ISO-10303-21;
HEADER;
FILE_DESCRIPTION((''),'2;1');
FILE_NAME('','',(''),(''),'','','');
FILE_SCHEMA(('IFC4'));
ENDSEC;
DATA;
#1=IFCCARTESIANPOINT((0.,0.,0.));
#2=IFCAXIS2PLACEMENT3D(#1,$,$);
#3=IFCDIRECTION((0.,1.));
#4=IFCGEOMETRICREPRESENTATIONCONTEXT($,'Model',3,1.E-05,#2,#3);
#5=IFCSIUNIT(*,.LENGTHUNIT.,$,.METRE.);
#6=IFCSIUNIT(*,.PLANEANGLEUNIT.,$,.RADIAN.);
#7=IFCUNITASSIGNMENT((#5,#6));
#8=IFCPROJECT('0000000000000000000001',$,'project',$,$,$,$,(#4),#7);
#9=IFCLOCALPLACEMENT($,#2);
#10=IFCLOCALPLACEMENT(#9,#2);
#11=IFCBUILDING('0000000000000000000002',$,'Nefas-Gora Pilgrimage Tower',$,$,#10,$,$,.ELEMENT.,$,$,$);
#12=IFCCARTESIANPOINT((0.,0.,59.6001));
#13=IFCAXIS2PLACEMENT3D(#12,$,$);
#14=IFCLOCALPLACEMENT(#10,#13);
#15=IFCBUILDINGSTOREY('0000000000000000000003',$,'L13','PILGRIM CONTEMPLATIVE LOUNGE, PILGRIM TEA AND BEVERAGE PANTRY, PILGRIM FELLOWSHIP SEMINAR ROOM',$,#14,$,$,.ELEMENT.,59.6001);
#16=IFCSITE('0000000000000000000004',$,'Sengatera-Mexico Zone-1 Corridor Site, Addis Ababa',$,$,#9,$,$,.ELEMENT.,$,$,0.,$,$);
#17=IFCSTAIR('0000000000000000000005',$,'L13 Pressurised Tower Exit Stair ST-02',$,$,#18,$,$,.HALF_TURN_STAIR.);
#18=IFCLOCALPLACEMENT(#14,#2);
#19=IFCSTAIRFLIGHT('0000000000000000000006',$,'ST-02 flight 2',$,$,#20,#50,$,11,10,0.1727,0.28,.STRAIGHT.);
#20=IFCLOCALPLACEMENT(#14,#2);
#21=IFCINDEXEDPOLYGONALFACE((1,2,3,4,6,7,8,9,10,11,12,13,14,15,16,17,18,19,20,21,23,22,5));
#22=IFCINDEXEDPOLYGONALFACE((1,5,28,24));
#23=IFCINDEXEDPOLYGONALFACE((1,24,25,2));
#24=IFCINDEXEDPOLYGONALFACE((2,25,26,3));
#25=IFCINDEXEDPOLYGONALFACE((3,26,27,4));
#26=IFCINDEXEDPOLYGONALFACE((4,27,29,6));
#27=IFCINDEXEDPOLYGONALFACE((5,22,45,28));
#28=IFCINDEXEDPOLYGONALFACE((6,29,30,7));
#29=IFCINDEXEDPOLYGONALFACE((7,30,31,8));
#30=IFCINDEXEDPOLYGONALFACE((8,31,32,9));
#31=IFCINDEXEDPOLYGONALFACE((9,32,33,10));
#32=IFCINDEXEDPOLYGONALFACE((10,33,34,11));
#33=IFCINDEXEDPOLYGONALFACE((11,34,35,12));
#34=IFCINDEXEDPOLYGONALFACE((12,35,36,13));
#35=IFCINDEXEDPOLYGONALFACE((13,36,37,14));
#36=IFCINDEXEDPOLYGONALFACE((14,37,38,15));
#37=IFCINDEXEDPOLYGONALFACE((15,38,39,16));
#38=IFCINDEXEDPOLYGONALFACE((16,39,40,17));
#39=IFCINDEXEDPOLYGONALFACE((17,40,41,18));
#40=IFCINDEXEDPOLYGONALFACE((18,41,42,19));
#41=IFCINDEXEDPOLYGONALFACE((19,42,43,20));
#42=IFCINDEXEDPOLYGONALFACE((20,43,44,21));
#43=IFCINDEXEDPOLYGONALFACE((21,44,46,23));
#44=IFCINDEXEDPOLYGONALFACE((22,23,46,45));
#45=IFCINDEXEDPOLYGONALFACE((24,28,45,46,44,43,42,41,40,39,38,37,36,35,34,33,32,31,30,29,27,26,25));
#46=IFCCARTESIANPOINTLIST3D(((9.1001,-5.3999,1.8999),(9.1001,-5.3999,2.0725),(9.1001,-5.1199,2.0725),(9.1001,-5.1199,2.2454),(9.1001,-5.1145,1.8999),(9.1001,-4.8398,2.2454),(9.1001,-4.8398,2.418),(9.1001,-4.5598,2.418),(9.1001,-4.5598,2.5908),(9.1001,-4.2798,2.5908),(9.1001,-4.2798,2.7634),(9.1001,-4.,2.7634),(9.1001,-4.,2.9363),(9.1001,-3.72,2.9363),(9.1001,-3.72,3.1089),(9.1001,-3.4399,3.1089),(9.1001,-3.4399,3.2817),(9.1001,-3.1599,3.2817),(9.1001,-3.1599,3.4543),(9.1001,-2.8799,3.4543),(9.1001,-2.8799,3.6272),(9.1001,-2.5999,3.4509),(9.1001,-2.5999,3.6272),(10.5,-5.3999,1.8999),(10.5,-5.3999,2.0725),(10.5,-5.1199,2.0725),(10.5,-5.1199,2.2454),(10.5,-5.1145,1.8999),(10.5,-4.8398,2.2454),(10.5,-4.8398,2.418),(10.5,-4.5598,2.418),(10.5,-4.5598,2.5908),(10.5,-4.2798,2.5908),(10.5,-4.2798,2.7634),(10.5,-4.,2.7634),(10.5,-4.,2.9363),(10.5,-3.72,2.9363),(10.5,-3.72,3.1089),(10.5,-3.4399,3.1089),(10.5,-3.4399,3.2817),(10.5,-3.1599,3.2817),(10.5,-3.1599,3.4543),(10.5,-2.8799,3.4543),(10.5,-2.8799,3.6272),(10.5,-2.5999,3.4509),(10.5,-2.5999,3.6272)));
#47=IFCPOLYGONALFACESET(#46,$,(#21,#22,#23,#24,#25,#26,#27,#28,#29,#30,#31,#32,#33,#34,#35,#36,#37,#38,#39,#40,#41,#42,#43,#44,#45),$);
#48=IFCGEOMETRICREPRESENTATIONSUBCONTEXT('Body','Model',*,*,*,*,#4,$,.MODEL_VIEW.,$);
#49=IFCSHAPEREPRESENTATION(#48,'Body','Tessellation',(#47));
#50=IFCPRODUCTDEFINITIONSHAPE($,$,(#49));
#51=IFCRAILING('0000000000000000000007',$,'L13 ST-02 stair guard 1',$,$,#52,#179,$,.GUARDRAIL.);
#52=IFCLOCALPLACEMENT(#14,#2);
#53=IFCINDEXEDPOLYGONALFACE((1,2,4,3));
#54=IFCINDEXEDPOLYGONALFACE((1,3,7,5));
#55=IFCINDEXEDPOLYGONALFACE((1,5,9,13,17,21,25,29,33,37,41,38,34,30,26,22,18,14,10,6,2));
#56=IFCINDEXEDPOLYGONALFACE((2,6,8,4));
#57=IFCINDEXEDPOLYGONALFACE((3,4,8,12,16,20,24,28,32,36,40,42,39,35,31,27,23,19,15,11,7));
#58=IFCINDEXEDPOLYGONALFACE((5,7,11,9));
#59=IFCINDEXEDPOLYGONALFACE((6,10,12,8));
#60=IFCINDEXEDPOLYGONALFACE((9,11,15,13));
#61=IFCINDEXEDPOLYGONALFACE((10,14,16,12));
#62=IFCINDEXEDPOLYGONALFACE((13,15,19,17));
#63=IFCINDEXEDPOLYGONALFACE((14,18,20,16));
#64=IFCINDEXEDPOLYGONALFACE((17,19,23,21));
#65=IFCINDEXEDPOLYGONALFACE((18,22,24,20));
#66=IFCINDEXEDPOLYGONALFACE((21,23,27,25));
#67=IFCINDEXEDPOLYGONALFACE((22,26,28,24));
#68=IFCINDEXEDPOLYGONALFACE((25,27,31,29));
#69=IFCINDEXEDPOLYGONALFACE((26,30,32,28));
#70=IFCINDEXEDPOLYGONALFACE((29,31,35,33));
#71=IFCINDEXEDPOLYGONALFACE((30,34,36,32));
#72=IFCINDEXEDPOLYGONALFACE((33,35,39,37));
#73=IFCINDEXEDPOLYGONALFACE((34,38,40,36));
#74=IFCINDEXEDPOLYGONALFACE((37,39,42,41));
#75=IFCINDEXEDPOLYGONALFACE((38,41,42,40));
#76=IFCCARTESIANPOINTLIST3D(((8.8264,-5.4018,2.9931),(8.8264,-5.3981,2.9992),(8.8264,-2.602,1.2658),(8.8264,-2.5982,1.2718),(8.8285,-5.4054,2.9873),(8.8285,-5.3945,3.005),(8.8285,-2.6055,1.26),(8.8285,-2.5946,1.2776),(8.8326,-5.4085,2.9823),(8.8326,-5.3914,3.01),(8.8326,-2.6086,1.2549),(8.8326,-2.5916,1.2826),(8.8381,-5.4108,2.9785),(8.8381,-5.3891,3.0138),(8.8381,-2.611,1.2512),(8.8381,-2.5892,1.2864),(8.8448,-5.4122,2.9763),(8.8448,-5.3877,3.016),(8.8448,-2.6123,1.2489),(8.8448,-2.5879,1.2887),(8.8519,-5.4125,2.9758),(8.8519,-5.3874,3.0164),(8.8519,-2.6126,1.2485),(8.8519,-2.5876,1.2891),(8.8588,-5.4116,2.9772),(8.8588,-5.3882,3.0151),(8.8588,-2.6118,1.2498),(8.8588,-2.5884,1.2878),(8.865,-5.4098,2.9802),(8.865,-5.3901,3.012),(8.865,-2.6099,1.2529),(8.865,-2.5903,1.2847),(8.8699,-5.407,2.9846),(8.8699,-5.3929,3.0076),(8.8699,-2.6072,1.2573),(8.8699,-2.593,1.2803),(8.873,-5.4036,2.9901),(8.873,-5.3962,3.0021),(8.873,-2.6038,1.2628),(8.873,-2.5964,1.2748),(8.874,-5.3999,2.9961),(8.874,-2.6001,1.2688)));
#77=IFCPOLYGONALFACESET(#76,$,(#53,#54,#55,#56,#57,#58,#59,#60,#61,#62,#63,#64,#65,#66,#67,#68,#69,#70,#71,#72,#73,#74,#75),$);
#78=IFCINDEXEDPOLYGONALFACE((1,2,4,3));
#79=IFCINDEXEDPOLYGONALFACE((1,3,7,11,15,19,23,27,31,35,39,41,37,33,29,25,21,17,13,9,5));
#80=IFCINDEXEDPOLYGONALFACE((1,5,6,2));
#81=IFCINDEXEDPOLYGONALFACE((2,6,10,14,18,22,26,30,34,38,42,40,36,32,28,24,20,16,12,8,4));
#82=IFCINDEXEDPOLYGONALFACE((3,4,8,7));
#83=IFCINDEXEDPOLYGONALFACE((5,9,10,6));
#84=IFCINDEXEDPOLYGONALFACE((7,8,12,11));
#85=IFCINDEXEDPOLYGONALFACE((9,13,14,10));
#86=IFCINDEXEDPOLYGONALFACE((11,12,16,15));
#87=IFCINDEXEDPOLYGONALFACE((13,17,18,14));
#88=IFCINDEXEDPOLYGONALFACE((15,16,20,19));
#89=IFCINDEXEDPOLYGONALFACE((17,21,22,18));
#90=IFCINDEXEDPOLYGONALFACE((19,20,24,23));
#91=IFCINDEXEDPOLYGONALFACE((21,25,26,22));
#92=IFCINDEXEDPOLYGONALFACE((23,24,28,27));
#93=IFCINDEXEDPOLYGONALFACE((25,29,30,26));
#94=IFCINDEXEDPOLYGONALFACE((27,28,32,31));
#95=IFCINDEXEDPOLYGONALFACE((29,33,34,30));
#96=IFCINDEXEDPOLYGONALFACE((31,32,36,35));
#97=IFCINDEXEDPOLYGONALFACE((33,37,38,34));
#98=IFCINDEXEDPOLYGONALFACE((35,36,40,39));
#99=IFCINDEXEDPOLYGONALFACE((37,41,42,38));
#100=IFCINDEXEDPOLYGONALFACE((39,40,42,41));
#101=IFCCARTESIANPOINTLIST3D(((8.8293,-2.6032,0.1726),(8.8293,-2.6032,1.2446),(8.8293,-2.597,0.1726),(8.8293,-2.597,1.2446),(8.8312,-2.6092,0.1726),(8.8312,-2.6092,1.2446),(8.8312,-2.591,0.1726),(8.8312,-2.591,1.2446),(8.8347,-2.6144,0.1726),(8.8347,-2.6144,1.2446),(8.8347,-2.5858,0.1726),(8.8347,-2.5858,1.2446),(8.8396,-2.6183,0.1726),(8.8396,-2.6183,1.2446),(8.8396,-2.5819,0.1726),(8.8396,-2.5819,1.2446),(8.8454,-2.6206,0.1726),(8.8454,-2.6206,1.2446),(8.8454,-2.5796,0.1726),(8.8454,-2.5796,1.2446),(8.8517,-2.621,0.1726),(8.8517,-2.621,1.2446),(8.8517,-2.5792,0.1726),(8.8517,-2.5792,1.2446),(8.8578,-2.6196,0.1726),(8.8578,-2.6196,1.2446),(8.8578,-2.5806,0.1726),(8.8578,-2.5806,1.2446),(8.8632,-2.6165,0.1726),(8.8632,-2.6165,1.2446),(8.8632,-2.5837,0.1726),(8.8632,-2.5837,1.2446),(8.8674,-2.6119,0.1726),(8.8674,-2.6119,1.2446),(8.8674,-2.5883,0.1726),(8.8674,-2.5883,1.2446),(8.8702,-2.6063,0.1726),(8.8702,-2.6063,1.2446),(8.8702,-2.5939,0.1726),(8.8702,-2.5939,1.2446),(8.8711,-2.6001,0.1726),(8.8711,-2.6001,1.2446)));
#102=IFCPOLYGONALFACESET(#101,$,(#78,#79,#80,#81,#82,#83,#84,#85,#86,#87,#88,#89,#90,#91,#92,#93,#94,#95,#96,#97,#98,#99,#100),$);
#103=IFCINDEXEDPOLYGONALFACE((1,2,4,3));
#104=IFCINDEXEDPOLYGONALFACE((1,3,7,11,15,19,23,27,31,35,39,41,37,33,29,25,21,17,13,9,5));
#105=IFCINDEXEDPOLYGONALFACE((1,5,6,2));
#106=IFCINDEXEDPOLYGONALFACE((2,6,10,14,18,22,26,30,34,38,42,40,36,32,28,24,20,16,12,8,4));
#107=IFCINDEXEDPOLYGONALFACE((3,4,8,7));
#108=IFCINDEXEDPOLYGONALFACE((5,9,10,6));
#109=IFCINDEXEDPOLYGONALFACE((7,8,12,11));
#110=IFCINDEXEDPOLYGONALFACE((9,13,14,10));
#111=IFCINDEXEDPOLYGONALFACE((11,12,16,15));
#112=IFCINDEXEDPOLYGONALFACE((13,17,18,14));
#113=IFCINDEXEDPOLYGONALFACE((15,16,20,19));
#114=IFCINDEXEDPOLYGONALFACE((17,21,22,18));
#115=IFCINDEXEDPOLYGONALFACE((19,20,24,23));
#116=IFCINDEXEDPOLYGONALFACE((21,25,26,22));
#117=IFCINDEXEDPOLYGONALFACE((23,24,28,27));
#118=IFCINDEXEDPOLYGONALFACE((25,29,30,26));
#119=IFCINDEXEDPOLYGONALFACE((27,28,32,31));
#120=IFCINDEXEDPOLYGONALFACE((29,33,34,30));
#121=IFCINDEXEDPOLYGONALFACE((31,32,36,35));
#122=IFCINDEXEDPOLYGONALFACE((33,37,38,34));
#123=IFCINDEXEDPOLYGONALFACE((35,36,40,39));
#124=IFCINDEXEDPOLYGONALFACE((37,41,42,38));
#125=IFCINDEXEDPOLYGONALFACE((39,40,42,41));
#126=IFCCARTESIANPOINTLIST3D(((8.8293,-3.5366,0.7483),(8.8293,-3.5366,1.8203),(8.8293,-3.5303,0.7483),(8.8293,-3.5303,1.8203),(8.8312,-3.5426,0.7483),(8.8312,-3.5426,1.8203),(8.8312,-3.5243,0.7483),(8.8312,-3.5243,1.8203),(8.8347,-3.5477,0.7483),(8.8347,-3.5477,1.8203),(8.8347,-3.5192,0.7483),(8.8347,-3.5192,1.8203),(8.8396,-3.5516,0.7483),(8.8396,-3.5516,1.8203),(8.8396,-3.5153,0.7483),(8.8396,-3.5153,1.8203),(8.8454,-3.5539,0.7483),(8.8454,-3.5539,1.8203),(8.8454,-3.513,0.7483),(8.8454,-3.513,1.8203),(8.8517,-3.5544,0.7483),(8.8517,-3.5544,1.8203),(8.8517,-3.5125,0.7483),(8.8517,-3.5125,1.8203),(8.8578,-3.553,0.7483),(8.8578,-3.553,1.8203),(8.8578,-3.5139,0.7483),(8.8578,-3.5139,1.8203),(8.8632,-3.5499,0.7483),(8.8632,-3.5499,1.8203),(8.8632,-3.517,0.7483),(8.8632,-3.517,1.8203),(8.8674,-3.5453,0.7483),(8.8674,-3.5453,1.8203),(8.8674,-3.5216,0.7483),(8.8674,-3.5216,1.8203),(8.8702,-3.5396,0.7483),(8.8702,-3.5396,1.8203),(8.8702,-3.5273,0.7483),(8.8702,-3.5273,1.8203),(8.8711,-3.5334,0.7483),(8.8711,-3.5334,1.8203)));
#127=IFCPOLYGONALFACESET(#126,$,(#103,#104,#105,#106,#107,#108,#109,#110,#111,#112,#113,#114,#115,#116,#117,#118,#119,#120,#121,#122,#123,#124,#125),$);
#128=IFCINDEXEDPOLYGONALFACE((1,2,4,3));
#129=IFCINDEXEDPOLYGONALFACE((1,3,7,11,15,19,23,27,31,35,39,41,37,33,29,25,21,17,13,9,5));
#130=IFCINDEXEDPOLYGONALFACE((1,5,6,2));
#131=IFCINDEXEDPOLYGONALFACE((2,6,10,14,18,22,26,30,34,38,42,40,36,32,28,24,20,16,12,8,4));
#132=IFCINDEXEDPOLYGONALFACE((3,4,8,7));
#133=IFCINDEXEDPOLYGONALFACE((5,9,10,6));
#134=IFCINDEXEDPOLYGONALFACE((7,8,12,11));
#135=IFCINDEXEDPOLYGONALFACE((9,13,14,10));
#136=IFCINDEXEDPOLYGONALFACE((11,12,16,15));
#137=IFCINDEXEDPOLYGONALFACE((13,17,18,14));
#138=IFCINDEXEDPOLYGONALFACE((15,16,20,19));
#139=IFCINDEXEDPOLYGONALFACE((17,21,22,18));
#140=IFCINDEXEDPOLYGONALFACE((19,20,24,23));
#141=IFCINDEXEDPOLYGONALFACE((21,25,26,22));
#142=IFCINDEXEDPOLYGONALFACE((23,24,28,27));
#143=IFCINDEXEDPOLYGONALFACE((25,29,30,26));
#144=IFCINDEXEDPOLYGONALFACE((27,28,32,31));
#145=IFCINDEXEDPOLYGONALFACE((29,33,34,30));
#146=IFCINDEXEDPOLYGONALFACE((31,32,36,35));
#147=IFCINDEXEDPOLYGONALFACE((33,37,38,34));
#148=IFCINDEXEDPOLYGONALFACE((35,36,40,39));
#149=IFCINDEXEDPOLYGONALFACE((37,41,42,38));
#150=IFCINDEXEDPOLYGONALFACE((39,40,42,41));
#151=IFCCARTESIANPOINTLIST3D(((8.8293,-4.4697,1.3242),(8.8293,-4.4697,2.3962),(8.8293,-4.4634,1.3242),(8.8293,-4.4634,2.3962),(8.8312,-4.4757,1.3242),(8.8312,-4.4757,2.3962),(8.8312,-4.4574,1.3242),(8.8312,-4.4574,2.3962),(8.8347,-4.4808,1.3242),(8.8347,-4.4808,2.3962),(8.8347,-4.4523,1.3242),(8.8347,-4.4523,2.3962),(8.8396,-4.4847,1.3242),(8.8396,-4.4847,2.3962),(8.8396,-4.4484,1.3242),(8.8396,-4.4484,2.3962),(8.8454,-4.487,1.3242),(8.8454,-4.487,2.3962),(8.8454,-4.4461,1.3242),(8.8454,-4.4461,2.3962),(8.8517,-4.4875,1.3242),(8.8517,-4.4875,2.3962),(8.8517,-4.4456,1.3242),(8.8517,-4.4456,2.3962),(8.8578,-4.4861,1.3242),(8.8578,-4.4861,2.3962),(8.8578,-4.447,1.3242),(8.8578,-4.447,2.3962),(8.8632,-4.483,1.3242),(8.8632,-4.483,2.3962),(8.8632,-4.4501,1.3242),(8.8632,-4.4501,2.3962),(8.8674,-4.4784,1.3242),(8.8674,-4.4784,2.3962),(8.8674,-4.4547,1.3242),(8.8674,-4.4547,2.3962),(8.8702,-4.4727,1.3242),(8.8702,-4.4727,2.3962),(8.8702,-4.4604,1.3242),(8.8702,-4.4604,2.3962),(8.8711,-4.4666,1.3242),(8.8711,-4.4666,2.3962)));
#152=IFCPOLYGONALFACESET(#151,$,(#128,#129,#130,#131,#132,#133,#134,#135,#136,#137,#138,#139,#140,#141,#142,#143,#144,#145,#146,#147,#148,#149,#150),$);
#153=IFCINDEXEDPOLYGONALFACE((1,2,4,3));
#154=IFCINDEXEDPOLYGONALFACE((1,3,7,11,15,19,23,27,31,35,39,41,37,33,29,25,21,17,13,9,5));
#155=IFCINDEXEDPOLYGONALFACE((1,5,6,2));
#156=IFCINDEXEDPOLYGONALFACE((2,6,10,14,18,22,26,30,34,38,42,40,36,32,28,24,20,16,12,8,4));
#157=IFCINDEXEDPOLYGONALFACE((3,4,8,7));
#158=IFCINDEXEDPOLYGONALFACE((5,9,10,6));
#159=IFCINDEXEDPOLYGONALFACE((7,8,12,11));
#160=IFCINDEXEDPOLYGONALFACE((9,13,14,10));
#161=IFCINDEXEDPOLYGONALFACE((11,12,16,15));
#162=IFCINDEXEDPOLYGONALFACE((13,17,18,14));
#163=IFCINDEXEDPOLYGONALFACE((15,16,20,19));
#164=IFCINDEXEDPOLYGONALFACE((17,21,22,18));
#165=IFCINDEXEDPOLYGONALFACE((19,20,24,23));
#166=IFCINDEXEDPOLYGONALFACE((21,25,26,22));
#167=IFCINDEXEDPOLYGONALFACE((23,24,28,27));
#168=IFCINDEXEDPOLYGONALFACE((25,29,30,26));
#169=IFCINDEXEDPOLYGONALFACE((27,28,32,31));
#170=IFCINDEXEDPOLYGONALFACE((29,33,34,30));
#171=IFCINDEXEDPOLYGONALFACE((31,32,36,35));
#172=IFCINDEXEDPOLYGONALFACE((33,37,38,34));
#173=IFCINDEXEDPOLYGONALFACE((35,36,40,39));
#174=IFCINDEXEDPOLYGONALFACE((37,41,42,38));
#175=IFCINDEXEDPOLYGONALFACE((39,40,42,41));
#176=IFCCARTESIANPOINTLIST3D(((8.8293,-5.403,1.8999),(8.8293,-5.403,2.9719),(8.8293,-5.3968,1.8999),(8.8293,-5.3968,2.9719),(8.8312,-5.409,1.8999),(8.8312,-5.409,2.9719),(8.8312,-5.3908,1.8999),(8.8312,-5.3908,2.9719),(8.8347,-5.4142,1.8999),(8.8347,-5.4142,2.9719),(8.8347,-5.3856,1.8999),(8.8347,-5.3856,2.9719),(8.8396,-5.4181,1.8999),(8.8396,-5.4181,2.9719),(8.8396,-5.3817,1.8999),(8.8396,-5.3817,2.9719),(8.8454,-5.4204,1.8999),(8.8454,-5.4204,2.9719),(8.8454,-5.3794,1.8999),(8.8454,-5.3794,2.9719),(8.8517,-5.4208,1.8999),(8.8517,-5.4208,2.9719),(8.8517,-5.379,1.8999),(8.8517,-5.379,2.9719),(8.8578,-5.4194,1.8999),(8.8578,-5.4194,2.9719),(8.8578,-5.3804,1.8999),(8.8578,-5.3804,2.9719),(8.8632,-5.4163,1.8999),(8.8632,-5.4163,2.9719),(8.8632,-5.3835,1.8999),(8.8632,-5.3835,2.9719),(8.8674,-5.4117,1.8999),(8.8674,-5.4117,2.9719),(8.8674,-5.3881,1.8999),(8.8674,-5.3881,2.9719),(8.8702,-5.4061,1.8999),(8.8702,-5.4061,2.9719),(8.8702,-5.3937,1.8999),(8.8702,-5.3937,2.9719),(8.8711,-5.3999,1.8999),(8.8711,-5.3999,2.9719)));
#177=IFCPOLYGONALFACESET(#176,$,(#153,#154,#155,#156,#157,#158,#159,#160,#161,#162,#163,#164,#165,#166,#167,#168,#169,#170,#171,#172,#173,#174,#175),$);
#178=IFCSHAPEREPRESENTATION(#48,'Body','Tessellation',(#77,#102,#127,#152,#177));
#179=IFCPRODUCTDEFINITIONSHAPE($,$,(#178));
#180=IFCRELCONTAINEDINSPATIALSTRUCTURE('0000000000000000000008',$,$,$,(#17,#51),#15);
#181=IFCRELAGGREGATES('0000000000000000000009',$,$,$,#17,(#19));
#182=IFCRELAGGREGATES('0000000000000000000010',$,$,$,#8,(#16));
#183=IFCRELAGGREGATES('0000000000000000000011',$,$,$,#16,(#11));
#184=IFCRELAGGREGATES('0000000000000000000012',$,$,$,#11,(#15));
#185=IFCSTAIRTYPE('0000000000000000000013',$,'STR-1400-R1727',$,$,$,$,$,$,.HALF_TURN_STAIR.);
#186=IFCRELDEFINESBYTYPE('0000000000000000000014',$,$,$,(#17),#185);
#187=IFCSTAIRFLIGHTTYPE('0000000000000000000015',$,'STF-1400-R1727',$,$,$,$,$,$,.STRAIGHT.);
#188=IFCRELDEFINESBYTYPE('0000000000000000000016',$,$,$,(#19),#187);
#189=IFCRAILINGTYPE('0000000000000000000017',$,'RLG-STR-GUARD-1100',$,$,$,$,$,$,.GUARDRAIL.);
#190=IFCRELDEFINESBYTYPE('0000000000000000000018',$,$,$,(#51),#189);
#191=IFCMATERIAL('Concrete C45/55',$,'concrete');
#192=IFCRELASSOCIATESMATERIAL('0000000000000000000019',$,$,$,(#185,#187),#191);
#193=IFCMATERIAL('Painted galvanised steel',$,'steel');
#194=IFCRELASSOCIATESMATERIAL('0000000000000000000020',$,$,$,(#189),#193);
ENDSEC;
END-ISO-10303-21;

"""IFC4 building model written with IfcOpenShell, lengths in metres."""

from ifc_helpers import new_model, si_unit, direction, frame, origin, origin_2d, place, context, subcontext, project, spatial, polyline, circle, outline, extrude, source, transform, mapped, material, type_object, element, aggregate, save


model = new_model("IFC4")

# Units and contexts
model_context = context("Model", 3, precision=1e-05, world=origin(), true_north=direction((0.0, 1.0)))
body_context = subcontext(model_context, "Body", "Model", "MODEL_VIEW")
ifc_project = project(units=[si_unit("LENGTHUNIT", "METRE"), si_unit("PLANEANGLEUNIT", "RADIAN")], contexts=[model_context])

# Site, building, storey
site_placement = place(None, origin())
site = spatial("IfcSite", under=ifc_project, at=site_placement, Name="Sengatera-Mexico Zone-1 Corridor Site, Addis Ababa", CompositionType="ELEMENT", RefElevation=0.0)
building_placement = place(site_placement, origin())
building = spatial("IfcBuilding", under=site, at=building_placement, Name="Nefas-Gora Pilgrimage Tower", CompositionType="ELEMENT")
storey_placement = place(building_placement, frame((0.0, 0.0, 59.6001)))
storey = spatial("IfcBuildingStorey", under=building, at=storey_placement, Name="L13", Description="PILGRIM CONTEMPLATIVE LOUNGE, PILGRIM TEA AND BEVERAGE PANTRY, PILGRIM FELLOWSHIP SEMINAR ROOM", CompositionType="ELEMENT", Elevation=59.6001)

# Shared definitions
ifc_material_1 = material(Name="Concrete C45/55", Category="concrete")

# Stair, stair flight
stair_type = type_object("IfcStairType", Name="STR-1400-R1727", PredefinedType="HALF_TURN_STAIR", material=ifc_material_1)
stair_placement = place(storey_placement, origin())
stair = element("IfcStair", 1, at=stair_placement, inside=storey, type_object=stair_type, Name="L13 Pressurised Tower Exit Stair ST-02", PredefinedType="HALF_TURN_STAIR")
stair_flight_type = type_object("IfcStairFlightType", Name="STF-1400-R1727", PredefinedType="STRAIGHT", material=ifc_material_1)
shared_shape_1 = source(origin(), body_context, "Body", "SweptSolid", [
    extrude(outline(polyline([(0.0, 0.0), (0.0, 0.1726), (0.28, 0.1726), (0.28, 0.3455), (0.5601, 0.3455), (0.5601, 0.5181), (0.8401, 0.5181), (0.8401, 0.6909), (1.1201, 0.6909), (1.1201, 0.8635), (1.3999, 0.8635), (1.3999, 1.0364), (1.6799, 1.0364), (1.6799, 1.209), (1.96, 1.209), (1.96, 1.3818), (2.24, 1.3818), (2.24, 1.5544), (2.52, 1.5544), (2.52, 1.7273), (2.8, 1.7273), (2.8, 1.8999), (2.8, 1.551), (0.2854, 0.0), (0.0, 0.0)])), frame((0.0, 0.7, 0.0), z_axis=(0.0, -1.0, 0.0), x_axis=(1.0, 0.0, 0.0)), (0.0, 0.0, 1.0), 1.3999),
])
stair_flight_1_placement = place(storey_placement, frame((9.8, -5.3999, 1.8999), z_axis=(0.0, 0.0, 1.0), x_axis=(0.0, 1.0, 0.0)))
stair_flight_1 = element("IfcStairFlight", 2, at=stair_flight_1_placement, type_object=stair_flight_type, Name="ST-02 flight 2", NumberOfRisers=11, NumberOfTreads=10, PredefinedType="STRAIGHT", RiserHeight=0.1727, TreadLength=0.28, context=body_context, shape_type="MappedRepresentation", body=[
    mapped(shared_shape_1, transform((0.0, 0.0, 0.0), x_axis=(1.0, 0.0, 0.0), y_axis=(0.0, 1.0, 0.0), z_axis=(0.0, 0.0, 1.0), scale=1.0)),
])
aggregate(stair, [stair_flight_1])

# Railing
ifc_material_2 = material(Name="Painted galvanised steel", Category="steel")
railing_type_1 = type_object("IfcRailingType", Name="RLG-STR-GUARD-1100", PredefinedType="GUARDRAIL", material=ifc_material_2)
railing_1_placement = place(storey_placement, frame((8.8501, -2.6001, 0.1726)))
element("IfcRailing", 3, at=railing_1_placement, inside=storey, type_object=railing_type_1, Name="L13 ST-02 stair guard 1", PredefinedType="GUARDRAIL", context=body_context, shape_type="SweptSolid", body=[
    extrude(circle(Radius=0.0239, at=origin_2d()), frame((0.0, 0.0, 1.0962), z_axis=(0.0, -0.851069, 0.525054), x_axis=(1.0, 0.0, 0.0)), (0.0, 0.0, 1.0), 3.2898),
    extrude(circle(Radius=0.021, at=origin_2d()), origin(), (0.0, 0.0, 1.0), 1.072),
    extrude(circle(Radius=0.021, at=origin_2d()), frame((0.0, -0.9333, 0.5757)), (0.0, 0.0, 1.0), 1.072),
    extrude(circle(Radius=0.021, at=origin_2d()), frame((0.0, -1.8665, 1.1516)), (0.0, 0.0, 1.0), 1.072),
    extrude(circle(Radius=0.021, at=origin_2d()), frame((0.0, -2.7998, 1.7273)), (0.0, 0.0, 1.0), 1.072),
])

save(model, "model.ifc")
